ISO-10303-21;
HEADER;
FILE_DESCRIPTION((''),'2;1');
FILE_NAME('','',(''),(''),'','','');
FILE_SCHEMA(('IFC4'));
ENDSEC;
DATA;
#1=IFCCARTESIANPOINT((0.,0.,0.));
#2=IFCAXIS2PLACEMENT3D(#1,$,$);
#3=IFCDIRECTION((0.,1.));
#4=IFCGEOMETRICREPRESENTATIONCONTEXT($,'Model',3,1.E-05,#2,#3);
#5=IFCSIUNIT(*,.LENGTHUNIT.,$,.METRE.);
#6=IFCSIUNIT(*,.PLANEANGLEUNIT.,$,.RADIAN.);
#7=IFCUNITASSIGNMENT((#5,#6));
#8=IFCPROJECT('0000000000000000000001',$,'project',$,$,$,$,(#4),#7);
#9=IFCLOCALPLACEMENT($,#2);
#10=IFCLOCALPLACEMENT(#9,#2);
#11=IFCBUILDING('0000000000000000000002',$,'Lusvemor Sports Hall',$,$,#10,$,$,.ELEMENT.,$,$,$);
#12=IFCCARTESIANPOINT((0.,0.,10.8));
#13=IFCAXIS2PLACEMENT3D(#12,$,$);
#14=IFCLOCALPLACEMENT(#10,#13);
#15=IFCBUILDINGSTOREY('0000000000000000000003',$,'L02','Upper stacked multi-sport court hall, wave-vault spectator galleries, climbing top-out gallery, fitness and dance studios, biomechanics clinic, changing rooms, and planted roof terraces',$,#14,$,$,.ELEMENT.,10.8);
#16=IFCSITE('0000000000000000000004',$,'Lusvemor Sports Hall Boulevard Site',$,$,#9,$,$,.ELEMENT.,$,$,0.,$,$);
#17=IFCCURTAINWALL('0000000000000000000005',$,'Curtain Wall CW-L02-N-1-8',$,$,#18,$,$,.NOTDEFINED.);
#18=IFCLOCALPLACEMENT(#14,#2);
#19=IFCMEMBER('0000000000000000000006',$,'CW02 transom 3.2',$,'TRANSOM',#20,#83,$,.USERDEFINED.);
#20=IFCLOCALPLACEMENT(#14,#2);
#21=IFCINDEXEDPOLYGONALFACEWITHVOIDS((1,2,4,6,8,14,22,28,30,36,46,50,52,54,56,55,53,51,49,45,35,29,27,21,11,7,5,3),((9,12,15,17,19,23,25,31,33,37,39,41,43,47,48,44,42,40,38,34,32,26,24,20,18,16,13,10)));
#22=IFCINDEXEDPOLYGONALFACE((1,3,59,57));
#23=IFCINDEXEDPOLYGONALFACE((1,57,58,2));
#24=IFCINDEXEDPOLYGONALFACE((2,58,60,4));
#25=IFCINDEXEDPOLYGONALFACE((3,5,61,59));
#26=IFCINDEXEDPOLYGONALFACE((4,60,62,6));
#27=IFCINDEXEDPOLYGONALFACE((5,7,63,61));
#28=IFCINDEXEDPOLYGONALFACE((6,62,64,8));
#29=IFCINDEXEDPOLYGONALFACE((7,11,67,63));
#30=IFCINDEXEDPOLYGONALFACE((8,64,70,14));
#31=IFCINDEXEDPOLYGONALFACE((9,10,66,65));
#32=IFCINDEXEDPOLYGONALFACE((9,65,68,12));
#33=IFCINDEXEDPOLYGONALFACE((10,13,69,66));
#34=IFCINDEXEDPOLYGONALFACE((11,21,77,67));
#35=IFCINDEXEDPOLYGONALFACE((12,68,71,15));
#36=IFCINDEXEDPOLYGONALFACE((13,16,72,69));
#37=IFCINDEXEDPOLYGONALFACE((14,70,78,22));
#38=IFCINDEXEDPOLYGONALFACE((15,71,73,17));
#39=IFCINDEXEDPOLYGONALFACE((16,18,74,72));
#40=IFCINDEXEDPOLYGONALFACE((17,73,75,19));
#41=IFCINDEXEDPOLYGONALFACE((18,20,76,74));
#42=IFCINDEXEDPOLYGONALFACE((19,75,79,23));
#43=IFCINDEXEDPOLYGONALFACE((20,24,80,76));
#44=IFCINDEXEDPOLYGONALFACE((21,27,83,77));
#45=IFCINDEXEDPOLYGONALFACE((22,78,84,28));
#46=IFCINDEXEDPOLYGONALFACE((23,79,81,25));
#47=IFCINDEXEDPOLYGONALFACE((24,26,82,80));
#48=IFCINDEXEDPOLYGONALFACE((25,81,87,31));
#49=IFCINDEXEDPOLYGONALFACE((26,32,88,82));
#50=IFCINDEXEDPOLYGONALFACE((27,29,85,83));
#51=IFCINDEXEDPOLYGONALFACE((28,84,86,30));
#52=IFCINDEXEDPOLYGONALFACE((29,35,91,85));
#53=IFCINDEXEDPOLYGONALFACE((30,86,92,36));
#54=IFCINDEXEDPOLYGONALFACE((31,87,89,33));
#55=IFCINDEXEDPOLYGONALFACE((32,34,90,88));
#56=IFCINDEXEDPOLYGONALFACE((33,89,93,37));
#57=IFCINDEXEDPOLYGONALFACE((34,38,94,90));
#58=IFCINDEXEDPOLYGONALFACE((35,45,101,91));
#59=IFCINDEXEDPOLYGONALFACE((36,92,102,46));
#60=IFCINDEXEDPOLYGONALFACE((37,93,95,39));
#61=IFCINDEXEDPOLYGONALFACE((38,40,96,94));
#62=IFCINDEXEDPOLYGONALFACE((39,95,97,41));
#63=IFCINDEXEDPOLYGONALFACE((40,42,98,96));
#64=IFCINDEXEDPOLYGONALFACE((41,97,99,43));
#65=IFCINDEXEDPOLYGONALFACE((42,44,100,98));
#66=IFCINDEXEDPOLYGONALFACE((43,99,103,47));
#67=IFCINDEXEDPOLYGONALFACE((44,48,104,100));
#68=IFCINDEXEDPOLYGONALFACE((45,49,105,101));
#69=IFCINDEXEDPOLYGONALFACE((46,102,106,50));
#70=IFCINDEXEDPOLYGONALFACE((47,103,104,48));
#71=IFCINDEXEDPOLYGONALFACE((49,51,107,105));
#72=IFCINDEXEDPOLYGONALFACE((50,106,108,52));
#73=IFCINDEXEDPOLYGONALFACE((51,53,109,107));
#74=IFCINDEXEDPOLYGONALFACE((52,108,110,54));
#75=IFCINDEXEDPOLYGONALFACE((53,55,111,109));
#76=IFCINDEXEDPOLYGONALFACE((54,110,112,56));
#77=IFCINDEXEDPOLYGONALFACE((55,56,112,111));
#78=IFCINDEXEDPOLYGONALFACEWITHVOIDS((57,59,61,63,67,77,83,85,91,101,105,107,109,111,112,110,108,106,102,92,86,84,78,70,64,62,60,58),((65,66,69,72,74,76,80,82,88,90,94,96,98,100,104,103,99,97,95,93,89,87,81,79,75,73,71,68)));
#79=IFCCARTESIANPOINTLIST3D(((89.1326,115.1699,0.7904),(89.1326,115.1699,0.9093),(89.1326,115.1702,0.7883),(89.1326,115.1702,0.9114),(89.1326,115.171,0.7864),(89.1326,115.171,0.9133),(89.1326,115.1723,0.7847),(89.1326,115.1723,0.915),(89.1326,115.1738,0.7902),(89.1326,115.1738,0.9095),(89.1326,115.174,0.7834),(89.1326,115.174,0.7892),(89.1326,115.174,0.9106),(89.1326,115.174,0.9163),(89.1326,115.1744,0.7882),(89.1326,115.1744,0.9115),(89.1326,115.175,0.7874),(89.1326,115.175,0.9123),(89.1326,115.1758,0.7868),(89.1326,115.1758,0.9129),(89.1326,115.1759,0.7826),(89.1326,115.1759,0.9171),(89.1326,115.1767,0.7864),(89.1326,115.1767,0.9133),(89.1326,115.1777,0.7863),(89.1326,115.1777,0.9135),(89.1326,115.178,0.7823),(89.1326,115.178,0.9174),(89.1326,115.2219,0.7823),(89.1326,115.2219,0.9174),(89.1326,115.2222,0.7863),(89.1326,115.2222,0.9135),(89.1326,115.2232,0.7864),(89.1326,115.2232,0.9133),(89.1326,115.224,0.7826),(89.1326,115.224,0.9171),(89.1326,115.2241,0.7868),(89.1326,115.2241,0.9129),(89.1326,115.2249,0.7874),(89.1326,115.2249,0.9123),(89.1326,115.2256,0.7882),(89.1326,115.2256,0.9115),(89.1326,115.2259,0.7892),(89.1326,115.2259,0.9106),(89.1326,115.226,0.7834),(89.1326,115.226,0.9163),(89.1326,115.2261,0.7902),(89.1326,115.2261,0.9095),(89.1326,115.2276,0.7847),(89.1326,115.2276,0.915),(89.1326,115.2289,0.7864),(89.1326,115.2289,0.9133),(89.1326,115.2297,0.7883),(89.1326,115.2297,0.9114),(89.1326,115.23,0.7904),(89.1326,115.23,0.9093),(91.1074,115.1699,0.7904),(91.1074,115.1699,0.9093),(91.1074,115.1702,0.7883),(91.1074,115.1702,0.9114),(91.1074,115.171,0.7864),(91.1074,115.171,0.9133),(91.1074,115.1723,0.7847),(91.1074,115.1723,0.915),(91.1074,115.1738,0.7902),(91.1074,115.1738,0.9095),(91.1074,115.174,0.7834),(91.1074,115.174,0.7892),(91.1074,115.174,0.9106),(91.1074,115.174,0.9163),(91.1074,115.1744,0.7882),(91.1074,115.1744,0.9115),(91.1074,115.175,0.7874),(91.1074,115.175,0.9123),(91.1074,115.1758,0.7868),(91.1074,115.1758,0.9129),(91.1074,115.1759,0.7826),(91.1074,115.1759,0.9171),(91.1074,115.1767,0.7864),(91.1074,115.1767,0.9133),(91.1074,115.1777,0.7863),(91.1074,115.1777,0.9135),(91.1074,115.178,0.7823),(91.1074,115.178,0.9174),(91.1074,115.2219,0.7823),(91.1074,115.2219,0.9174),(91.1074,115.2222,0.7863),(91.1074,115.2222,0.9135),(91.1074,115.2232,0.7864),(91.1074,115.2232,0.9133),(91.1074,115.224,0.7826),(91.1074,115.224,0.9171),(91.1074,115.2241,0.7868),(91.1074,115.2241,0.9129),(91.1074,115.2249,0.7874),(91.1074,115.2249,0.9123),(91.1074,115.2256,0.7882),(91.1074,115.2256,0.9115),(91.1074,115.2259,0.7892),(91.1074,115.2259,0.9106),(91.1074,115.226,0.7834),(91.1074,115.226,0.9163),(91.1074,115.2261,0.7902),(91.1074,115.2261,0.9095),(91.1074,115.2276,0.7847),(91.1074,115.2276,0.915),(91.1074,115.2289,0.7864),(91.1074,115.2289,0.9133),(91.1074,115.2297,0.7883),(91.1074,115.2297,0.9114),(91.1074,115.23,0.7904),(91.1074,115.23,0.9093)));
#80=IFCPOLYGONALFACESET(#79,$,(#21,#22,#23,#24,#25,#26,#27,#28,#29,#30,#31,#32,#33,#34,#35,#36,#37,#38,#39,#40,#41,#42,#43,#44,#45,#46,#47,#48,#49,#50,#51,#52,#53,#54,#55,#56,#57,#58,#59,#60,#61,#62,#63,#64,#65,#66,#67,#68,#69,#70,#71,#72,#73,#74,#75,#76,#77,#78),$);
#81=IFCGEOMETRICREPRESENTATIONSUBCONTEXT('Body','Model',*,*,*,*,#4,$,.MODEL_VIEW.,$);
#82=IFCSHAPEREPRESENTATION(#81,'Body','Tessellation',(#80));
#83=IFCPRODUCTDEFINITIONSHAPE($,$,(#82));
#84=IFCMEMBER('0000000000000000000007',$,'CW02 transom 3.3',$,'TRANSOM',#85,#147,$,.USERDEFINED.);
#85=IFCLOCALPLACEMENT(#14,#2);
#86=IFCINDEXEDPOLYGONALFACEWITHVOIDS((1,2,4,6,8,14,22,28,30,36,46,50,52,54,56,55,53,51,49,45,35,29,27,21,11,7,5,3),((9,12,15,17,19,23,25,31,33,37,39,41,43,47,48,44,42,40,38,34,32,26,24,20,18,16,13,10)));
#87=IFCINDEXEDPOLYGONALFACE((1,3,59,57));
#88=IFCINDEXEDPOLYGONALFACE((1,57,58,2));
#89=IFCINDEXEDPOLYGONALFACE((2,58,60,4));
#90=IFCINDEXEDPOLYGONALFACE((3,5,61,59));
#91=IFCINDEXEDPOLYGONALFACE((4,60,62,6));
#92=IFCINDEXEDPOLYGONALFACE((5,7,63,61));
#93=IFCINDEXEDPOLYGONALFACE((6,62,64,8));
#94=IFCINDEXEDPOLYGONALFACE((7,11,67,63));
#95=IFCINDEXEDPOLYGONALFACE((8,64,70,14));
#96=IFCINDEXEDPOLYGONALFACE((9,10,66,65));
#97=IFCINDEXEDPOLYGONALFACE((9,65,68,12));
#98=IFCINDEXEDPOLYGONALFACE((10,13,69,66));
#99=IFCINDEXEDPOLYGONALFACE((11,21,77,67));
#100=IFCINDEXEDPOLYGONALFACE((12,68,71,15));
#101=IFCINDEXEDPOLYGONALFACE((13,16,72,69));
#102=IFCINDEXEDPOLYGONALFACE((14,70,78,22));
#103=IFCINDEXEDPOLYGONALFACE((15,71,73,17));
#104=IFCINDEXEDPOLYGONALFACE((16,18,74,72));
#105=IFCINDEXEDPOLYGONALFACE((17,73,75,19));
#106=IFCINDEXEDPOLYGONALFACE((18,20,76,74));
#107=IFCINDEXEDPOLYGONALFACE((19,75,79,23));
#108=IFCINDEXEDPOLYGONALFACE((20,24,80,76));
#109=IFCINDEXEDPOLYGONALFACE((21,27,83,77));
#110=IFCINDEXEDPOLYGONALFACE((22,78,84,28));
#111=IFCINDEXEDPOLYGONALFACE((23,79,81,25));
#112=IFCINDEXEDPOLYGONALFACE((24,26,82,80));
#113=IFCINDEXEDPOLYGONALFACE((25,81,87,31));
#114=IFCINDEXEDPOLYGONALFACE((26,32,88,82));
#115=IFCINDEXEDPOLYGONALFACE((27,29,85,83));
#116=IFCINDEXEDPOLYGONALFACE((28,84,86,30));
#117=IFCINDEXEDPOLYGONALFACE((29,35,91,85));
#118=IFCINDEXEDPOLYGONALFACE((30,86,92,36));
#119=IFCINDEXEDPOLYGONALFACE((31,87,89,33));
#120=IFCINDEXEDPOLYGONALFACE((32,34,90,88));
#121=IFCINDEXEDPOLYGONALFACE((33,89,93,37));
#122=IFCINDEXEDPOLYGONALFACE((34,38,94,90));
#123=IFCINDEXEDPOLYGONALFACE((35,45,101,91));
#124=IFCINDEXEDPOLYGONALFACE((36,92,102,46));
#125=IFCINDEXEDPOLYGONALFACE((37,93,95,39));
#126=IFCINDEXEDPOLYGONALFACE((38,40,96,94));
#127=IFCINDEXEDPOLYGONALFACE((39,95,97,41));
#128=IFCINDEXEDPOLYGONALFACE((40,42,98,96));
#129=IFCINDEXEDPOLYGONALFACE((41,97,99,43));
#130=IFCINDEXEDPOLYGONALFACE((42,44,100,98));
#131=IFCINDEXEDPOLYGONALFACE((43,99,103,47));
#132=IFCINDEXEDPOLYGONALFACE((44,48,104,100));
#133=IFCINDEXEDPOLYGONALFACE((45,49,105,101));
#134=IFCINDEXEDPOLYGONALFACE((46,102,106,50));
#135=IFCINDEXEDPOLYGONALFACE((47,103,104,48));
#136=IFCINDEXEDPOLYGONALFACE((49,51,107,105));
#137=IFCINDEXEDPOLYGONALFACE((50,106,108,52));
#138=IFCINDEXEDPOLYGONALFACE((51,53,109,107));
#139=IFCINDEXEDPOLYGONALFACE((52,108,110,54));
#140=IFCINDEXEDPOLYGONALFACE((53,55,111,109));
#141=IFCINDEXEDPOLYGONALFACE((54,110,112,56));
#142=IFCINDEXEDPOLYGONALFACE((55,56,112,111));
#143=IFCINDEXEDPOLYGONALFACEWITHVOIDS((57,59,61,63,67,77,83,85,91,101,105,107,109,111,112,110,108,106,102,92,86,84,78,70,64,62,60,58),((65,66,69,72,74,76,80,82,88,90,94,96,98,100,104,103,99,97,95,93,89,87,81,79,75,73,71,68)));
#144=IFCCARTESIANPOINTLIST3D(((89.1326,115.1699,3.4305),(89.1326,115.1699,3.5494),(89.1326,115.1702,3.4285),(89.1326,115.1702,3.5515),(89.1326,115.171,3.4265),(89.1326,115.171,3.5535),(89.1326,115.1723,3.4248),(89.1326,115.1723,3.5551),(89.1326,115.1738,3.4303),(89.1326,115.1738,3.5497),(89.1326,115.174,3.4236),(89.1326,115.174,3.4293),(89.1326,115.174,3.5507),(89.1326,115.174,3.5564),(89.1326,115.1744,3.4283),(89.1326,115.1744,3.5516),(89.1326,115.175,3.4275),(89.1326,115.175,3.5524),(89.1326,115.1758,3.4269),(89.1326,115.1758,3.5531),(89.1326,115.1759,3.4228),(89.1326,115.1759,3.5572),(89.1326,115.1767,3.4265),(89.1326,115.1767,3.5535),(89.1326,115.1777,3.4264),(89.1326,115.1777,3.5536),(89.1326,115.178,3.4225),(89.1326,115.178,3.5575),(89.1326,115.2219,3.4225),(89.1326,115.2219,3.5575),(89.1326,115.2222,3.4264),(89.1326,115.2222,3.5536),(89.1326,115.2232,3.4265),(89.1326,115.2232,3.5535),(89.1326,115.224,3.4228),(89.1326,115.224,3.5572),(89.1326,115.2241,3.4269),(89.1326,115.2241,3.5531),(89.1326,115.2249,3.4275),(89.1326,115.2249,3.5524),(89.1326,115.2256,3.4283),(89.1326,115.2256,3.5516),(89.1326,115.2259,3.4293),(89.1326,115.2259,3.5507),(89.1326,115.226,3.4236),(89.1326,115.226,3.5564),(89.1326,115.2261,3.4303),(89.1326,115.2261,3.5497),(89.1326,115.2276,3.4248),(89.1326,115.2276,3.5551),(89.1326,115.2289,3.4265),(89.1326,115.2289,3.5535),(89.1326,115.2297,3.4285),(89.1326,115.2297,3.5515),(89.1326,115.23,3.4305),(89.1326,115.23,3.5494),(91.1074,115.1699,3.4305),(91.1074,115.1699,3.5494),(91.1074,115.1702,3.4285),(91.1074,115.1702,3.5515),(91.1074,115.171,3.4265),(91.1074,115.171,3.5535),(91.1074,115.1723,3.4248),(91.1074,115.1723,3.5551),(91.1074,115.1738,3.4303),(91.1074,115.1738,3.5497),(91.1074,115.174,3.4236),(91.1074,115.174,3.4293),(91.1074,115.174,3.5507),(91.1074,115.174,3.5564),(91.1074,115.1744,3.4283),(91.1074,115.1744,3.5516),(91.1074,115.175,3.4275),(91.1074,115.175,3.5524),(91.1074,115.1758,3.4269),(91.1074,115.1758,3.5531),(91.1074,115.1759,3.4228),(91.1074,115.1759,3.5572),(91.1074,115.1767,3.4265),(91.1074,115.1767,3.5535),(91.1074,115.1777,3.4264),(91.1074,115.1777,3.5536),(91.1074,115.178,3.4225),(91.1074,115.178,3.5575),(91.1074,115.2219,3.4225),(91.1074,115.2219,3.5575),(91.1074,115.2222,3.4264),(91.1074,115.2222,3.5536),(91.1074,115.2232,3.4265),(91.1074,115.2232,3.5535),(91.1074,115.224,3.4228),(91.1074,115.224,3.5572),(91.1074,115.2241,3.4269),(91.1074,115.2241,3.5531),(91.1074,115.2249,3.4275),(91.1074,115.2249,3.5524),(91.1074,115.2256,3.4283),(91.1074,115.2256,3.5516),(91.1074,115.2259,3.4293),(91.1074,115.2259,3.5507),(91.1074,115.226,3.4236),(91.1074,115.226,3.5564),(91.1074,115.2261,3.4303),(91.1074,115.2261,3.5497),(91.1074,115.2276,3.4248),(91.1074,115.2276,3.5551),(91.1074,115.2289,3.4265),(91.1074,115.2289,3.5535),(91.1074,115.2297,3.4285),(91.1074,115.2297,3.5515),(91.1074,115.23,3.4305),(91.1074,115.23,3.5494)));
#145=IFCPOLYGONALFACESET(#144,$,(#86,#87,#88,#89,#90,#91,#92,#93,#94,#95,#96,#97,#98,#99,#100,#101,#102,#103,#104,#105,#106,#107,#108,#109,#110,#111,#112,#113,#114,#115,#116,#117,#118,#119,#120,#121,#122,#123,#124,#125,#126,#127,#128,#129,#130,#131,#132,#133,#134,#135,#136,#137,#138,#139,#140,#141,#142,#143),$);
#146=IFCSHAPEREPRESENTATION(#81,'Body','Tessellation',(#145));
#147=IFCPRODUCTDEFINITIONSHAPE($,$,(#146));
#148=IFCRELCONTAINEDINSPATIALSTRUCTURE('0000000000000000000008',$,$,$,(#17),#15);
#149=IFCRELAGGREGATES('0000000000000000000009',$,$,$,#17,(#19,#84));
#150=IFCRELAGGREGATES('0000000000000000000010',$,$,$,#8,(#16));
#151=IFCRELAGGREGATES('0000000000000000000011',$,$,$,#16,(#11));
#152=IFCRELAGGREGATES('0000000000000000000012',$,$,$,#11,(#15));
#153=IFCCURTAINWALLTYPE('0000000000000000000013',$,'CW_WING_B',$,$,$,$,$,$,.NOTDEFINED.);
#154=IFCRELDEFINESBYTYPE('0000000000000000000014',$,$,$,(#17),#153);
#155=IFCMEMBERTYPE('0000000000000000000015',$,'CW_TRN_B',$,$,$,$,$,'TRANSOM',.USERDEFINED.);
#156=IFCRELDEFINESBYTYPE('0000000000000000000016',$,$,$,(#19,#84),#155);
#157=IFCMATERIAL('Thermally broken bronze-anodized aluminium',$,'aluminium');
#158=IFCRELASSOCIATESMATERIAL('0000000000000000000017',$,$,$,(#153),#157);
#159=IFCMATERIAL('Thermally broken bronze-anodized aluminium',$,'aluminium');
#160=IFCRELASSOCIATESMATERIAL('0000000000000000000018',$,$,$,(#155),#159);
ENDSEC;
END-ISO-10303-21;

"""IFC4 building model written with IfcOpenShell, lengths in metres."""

from ifc_helpers import new_model, si_unit, direction, frame, origin, origin_2d, place, context, subcontext, project, spatial, hollow_rectangle, extrude, material, material_profile, profile_set, type_object, element, aggregate, save


model = new_model("IFC4")

# Units and contexts
model_context = context("Model", 3, precision=1e-05, world=origin(), true_north=direction((0.0, 1.0)))
body_context = subcontext(model_context, "Body", "Model", "MODEL_VIEW")
ifc_project = project(units=[si_unit("LENGTHUNIT", "METRE"), si_unit("PLANEANGLEUNIT", "RADIAN")], contexts=[model_context])

# Site, building, storey
site_placement = place(None, origin())
site = spatial("IfcSite", under=ifc_project, at=site_placement, Name="Lusvemor Sports Hall Boulevard Site", CompositionType="ELEMENT", RefElevation=0.0)
building_placement = place(site_placement, origin())
building = spatial("IfcBuilding", under=site, at=building_placement, Name="Lusvemor Sports Hall", CompositionType="ELEMENT")
storey_placement = place(building_placement, frame((0.0, 0.0, 10.8)))
storey = spatial("IfcBuildingStorey", under=building, at=storey_placement, Name="L02", Description="Upper stacked multi-sport court hall, wave-vault spectator galleries, climbing top-out gallery, fitness and dance studios, biomechanics clinic, changing rooms, and planted roof terraces", CompositionType="ELEMENT", Elevation=10.8)

# Curtain wall, members
ifc_material_1 = material(Name="Thermally broken bronze-anodized aluminium", Category="aluminium")
curtain_wall_type = type_object("IfcCurtainWallType", Name="CW_WING_B", PredefinedType="NOTDEFINED", material=ifc_material_1)
curtain_wall_placement = place(storey_placement, origin())
curtain_wall = element("IfcCurtainWall", 1, at=curtain_wall_placement, inside=storey, type_object=curtain_wall_type, Name="Curtain Wall CW-L02-N-1-8", PredefinedType="NOTDEFINED")
ifc_material_2 = material(Name="Thermally broken bronze-anodized aluminium", Category="aluminium")
ifc_material_profile_1 = material_profile(ifc_material_2, hollow_rectangle(XDim=0.0601, YDim=0.135, WallThickness=0.0039, InnerFilletRadius=0.0039, OuterFilletRadius=0.0081, at=origin_2d()), Name="CWTRN135x60x4")
ifc_profile_set_1 = profile_set([ifc_material_profile_1], Name="Thermally broken bronze-anodized aluminium")
member_type_1 = type_object("IfcMemberType", Name="CW_TRN_B", ElementType="TRANSOM", PredefinedType="USERDEFINED", material=ifc_profile_set_1)
member_1_placement = place(storey_placement, frame((89.1326, 115.2, 0.8499), z_axis=(1.0, 0.0, 0.0), x_axis=(0.0, 1.0, 0.0)))
member_1 = element("IfcMember", 2, at=member_1_placement, type_object=member_type_1, Name="CW02 transom 3.2", ObjectType="TRANSOM", PredefinedType="USERDEFINED", context=body_context, shape_type="SweptSolid", body=[
    extrude(hollow_rectangle(XDim=0.0601, YDim=0.135, WallThickness=0.0039, InnerFilletRadius=0.0039, OuterFilletRadius=0.0081, at=origin_2d()), origin(), (0.0, 0.0, 1.0), 1.9749),
])
member_2_placement = place(storey_placement, frame((89.1326, 115.2, 3.49), z_axis=(1.0, 0.0, 0.0), x_axis=(0.0, 1.0, 0.0)))
member_2 = element("IfcMember", 3, at=member_2_placement, type_object=member_type_1, Name="CW02 transom 3.3", ObjectType="TRANSOM", PredefinedType="USERDEFINED", context=body_context, shape_type="SweptSolid", body=[
    extrude(hollow_rectangle(XDim=0.0601, YDim=0.135, WallThickness=0.0039, InnerFilletRadius=0.0039, OuterFilletRadius=0.0081, at=origin_2d()), origin(), (0.0, 0.0, 1.0), 1.9749),
])

aggregate(curtain_wall, [member_1, member_2])

save(model, "model.ifc")
